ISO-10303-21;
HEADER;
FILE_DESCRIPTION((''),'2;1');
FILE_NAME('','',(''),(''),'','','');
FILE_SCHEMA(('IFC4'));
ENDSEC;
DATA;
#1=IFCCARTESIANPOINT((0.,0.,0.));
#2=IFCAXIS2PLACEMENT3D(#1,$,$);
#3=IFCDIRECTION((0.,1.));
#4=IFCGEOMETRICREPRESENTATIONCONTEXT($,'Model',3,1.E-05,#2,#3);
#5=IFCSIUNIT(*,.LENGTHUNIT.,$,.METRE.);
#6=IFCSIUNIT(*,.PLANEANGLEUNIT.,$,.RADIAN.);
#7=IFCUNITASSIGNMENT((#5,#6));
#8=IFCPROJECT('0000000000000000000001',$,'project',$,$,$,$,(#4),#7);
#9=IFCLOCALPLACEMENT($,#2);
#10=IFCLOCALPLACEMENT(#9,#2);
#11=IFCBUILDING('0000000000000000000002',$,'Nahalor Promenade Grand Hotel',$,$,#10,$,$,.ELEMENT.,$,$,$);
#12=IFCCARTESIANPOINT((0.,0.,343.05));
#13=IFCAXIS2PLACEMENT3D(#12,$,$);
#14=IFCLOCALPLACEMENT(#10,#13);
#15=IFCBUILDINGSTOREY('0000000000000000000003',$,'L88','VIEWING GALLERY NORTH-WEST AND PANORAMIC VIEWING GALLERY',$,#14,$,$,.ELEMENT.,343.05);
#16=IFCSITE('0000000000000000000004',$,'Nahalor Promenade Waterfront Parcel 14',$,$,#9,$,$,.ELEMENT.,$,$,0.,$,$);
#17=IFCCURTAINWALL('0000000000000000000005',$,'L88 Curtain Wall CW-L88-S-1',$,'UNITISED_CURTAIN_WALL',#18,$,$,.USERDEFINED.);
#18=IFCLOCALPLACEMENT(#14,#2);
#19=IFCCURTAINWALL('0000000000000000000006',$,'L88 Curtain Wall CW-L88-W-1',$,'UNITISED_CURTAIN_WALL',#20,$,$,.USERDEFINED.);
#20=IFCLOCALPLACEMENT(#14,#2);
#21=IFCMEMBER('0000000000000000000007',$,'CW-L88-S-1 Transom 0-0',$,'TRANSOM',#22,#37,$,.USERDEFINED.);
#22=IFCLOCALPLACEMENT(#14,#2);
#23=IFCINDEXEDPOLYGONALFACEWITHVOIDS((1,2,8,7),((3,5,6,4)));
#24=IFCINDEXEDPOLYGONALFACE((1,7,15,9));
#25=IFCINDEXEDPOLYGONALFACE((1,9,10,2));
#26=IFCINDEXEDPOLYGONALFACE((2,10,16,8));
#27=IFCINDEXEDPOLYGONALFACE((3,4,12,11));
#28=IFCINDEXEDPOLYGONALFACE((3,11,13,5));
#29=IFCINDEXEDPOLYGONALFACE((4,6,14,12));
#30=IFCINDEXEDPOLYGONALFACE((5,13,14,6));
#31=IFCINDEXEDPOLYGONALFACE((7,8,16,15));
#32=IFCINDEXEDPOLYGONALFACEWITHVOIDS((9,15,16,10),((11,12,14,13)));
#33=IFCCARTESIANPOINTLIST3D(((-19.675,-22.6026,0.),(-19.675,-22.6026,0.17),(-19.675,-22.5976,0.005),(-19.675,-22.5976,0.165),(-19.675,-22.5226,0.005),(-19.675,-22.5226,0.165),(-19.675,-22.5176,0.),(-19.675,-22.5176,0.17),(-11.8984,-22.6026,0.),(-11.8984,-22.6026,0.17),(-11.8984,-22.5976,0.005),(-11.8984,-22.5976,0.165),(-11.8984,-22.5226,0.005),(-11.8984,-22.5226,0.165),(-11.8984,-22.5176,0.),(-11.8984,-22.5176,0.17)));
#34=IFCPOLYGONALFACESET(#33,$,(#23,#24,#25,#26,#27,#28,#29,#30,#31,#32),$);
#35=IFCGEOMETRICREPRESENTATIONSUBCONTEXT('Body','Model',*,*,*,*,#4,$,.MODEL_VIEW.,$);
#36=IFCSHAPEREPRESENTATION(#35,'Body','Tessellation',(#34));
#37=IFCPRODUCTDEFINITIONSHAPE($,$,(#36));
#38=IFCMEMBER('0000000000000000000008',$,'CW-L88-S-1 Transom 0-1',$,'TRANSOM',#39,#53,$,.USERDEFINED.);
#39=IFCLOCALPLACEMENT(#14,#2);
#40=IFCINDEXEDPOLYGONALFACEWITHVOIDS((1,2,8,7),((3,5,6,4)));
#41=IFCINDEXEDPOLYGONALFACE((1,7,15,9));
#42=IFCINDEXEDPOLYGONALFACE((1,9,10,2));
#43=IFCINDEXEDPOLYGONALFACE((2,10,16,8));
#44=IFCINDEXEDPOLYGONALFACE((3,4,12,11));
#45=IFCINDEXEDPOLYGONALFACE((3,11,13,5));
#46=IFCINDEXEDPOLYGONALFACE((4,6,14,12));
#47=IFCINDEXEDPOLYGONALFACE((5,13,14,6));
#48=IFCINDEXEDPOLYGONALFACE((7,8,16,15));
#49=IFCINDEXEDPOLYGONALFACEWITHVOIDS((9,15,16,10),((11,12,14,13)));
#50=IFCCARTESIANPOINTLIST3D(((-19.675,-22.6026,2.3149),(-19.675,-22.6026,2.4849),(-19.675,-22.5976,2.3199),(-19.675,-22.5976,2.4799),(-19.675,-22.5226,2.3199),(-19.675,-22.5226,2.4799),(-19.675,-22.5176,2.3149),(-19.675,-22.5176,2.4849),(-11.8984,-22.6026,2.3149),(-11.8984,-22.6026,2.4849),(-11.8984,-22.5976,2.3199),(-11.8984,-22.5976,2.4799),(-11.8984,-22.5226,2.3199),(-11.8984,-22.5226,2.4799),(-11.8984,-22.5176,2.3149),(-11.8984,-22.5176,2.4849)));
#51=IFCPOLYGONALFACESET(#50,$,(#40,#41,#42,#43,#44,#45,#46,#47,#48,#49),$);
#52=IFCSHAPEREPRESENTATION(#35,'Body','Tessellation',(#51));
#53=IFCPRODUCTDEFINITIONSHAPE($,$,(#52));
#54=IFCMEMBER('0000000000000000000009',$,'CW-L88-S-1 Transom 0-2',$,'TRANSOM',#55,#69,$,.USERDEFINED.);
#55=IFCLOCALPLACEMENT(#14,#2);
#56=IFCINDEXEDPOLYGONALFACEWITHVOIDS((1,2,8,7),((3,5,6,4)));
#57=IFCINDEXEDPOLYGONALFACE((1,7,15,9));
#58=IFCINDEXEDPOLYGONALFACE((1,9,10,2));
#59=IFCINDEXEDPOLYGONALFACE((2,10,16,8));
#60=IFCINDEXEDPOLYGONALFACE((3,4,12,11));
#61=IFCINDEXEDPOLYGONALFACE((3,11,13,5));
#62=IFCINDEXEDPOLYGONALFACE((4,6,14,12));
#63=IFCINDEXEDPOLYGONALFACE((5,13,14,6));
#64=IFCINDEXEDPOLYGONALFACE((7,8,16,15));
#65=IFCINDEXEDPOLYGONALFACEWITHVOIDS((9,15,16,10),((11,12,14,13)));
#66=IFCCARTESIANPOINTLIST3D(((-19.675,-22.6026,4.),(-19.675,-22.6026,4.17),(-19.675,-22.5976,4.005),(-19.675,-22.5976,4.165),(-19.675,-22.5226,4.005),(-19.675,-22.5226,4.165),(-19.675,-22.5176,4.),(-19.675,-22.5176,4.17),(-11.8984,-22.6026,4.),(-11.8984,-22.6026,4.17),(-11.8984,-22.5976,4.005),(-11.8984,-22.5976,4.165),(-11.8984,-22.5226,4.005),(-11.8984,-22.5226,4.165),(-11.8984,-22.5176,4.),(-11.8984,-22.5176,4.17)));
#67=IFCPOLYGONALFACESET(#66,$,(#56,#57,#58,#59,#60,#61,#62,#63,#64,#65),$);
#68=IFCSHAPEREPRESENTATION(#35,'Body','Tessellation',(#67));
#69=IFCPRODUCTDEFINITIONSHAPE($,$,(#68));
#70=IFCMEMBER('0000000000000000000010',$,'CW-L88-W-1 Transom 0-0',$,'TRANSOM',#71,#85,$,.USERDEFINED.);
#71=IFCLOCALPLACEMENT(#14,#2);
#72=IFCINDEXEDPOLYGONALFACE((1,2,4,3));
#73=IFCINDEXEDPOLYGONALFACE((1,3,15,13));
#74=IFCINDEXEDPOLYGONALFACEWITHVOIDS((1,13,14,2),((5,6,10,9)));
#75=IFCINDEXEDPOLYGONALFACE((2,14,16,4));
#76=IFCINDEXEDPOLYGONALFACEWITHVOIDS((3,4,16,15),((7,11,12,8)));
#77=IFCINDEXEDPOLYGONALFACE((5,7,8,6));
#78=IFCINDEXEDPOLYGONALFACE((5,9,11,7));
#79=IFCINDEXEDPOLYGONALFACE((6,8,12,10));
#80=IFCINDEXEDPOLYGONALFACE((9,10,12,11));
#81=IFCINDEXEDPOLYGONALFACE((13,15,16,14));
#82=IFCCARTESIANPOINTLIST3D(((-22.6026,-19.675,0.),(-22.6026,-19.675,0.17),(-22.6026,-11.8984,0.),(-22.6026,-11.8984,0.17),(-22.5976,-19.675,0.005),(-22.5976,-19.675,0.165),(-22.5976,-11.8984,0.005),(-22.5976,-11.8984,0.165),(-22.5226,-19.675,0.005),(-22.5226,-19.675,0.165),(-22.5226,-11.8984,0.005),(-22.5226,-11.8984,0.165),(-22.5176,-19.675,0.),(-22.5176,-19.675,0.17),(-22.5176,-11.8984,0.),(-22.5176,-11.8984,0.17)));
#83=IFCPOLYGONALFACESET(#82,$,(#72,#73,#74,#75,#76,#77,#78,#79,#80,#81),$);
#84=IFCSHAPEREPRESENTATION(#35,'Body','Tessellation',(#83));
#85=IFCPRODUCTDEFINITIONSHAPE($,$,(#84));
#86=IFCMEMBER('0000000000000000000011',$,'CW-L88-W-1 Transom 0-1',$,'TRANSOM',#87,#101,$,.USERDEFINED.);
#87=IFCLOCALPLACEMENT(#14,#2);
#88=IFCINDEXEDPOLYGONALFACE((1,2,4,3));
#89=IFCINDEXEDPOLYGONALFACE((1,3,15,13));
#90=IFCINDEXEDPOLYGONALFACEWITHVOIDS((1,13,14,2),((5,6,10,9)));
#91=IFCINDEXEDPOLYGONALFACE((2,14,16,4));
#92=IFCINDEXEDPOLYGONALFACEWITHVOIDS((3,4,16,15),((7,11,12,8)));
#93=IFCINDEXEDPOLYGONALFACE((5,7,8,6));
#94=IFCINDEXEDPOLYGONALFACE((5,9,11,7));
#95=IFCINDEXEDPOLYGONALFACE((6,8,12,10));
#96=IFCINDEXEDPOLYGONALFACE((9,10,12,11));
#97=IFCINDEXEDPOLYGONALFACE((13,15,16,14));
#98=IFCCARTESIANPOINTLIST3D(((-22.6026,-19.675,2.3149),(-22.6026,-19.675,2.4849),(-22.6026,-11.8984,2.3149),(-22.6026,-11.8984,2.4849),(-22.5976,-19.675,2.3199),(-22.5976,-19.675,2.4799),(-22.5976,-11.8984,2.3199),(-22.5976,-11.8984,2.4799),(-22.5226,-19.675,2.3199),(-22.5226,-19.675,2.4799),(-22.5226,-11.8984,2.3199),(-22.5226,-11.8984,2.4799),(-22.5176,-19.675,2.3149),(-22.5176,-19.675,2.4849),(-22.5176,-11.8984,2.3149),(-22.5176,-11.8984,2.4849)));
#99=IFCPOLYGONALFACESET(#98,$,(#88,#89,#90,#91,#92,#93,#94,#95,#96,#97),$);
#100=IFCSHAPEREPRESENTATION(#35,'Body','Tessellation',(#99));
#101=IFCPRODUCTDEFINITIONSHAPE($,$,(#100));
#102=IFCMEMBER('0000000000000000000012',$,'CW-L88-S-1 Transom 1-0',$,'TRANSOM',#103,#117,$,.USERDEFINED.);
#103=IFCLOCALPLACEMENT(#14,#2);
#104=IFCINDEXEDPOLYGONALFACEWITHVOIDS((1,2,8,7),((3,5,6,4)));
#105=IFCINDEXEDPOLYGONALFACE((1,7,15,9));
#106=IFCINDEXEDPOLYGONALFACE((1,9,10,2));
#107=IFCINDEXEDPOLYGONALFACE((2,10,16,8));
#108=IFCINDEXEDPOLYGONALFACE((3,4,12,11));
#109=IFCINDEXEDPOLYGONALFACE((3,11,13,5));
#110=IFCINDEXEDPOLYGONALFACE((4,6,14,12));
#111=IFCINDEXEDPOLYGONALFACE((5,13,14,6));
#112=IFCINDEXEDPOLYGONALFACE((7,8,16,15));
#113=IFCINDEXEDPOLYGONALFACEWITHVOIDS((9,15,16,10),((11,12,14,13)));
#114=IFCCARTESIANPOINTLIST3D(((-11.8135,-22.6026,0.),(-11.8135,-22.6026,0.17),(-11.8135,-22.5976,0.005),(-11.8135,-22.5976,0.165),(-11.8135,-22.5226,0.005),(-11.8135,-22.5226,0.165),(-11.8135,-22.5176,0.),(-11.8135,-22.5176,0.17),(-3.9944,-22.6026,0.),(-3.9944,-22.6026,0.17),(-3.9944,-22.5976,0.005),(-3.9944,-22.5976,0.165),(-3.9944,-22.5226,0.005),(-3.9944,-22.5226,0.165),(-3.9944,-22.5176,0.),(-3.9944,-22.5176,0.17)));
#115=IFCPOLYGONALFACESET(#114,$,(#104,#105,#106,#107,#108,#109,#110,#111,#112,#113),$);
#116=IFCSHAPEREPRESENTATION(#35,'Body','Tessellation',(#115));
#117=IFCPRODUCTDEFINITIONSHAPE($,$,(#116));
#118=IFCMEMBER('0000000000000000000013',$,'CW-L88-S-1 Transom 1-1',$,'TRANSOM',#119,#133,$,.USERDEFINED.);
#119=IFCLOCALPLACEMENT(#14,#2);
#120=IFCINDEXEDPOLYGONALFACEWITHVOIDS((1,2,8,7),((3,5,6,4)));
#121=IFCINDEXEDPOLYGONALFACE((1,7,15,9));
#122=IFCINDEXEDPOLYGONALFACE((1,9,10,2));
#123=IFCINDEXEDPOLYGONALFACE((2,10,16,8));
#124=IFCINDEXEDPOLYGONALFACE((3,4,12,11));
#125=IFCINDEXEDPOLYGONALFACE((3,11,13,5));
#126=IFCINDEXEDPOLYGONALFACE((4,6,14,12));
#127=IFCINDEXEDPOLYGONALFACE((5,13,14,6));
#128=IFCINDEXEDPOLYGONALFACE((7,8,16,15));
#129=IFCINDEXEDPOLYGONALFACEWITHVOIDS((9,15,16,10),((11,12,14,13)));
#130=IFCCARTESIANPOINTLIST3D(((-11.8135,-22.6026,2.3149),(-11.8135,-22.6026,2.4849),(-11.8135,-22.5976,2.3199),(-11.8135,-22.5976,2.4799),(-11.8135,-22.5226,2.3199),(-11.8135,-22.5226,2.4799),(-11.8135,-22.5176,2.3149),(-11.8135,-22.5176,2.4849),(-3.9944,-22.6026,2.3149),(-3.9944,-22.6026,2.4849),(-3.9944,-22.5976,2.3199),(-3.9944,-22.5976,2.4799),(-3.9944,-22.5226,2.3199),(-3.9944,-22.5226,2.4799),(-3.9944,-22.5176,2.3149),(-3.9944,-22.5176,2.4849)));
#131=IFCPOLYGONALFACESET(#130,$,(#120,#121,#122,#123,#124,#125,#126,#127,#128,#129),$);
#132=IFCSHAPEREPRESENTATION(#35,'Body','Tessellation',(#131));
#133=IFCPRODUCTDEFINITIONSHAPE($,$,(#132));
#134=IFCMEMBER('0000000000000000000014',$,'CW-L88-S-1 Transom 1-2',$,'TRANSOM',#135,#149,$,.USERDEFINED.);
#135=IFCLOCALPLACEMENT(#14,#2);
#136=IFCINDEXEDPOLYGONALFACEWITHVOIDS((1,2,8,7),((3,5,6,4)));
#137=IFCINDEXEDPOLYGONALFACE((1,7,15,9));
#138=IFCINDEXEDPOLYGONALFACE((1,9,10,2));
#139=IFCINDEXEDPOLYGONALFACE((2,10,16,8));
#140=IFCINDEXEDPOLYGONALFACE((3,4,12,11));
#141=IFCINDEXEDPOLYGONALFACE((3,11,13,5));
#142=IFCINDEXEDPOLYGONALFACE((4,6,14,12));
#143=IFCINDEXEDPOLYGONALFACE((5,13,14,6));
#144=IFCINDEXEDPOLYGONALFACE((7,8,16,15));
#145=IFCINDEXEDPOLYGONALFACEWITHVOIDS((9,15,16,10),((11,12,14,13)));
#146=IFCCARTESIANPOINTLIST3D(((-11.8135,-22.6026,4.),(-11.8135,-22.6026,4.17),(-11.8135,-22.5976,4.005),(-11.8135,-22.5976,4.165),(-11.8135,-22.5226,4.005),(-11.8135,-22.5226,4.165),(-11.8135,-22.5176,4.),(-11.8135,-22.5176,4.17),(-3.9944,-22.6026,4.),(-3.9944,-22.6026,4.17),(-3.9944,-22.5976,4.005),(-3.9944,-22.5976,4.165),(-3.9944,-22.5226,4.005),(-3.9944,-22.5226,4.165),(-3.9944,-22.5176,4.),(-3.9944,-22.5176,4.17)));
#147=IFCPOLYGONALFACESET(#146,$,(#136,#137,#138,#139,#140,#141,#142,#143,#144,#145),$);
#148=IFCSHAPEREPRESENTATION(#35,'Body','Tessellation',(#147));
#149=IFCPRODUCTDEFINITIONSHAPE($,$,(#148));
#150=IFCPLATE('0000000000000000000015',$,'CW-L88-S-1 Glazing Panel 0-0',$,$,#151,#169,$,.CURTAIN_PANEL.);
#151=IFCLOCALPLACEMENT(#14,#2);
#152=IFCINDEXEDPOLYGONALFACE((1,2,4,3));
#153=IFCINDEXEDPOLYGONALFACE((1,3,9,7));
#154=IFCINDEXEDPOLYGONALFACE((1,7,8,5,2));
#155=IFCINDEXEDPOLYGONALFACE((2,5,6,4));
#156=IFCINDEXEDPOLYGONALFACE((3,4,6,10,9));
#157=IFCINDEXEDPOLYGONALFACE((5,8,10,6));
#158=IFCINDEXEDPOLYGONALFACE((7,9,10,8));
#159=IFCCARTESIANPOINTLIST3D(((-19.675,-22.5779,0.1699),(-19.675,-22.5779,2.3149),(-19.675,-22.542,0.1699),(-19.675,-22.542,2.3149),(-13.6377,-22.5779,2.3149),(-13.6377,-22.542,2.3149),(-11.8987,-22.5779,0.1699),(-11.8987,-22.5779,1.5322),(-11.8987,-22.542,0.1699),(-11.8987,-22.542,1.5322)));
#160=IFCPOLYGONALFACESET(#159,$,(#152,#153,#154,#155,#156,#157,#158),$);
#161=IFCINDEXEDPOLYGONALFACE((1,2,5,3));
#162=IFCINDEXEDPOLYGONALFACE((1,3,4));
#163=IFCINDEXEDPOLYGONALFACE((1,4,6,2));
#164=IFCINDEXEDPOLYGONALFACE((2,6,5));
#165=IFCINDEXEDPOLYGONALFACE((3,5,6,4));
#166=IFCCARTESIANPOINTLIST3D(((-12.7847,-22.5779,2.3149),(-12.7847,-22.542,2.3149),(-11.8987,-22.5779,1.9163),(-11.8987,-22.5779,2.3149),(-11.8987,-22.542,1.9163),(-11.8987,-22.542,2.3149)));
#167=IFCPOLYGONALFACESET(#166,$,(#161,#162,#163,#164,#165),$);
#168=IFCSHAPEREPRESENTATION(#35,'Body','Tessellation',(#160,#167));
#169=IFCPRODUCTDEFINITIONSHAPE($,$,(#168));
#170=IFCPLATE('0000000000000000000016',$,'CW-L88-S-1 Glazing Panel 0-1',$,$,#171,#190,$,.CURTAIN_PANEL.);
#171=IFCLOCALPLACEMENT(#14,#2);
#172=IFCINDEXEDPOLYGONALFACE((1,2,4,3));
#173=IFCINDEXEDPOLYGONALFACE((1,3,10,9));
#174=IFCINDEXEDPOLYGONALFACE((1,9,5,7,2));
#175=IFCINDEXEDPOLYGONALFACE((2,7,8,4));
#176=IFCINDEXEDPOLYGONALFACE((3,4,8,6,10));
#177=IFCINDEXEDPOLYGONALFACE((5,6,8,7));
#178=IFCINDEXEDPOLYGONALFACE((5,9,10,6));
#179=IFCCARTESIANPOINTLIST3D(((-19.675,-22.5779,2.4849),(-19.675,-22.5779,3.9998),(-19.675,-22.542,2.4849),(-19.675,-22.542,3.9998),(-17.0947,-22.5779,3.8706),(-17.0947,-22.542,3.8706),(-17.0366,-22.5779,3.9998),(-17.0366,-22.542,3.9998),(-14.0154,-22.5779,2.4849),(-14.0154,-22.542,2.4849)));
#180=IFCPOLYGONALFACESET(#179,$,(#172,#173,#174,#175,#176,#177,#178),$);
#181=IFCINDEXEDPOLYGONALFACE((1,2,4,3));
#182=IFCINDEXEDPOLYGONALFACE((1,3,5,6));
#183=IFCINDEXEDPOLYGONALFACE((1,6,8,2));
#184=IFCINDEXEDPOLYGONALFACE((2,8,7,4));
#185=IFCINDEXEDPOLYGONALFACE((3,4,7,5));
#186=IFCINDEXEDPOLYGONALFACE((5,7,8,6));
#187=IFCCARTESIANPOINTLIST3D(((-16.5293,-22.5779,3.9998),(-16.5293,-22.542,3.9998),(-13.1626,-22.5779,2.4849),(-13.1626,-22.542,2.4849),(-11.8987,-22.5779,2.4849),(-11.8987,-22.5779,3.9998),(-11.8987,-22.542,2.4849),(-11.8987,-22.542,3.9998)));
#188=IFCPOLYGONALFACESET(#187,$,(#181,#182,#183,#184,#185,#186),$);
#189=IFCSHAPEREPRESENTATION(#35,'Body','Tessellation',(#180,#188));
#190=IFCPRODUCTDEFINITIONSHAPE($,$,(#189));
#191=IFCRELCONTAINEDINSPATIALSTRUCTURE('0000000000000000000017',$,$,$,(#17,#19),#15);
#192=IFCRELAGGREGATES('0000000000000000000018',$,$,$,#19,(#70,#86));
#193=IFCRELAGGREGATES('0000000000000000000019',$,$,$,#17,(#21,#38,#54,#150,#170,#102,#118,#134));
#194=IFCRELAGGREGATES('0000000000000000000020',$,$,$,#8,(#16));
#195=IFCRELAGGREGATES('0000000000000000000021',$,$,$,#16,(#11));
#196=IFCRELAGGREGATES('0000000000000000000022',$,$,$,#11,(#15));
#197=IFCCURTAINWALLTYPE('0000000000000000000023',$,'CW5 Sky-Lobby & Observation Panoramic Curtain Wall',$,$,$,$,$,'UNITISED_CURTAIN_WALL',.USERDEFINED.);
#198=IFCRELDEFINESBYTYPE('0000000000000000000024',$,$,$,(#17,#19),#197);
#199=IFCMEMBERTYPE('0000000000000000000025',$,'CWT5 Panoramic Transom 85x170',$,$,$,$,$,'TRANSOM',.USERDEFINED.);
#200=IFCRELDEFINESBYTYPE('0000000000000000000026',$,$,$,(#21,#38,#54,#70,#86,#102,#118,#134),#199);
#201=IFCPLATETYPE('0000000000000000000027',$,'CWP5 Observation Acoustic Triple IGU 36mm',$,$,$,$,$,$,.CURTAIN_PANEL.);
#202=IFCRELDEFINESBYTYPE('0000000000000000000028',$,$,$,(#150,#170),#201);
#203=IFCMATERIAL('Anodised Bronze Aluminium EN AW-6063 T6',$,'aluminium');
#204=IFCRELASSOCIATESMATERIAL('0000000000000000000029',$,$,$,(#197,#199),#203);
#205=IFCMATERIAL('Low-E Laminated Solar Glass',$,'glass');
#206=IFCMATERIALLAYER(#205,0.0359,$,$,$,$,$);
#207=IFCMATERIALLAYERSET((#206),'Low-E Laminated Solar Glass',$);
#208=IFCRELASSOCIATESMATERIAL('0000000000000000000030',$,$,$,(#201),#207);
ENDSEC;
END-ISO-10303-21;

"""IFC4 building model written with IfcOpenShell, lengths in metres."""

from ifc_helpers import new_model, si_unit, direction, frame, origin, origin_2d, place, context, subcontext, project, spatial, polyline, hollow_rectangle, outline, extrude, source, transform, mapped, material, layer, layer_set, material_profile, profile_set, type_object, element, aggregate, save


model = new_model("IFC4")

# Units and contexts
model_context = context("Model", 3, precision=1e-05, world=origin(), true_north=direction((0.0, 1.0)))
body_context = subcontext(model_context, "Body", "Model", "MODEL_VIEW")
ifc_project = project(units=[si_unit("LENGTHUNIT", "METRE"), si_unit("PLANEANGLEUNIT", "RADIAN")], contexts=[model_context])

# Site, building, storey
site_placement = place(None, origin())
site = spatial("IfcSite", under=ifc_project, at=site_placement, Name="Nahalor Promenade Waterfront Parcel 14", CompositionType="ELEMENT", RefElevation=0.0)
building_placement = place(site_placement, origin())
building = spatial("IfcBuilding", under=site, at=building_placement, Name="Nahalor Promenade Grand Hotel", CompositionType="ELEMENT")
storey_placement = place(building_placement, frame((0.0, 0.0, 343.05)))
storey = spatial("IfcBuildingStorey", under=building, at=storey_placement, Name="L88", Description="VIEWING GALLERY NORTH-WEST AND PANORAMIC VIEWING GALLERY", CompositionType="ELEMENT", Elevation=343.05)

# Curtain wall
ifc_material_1 = material(Name="Anodised Bronze Aluminium EN AW-6063 T6", Category="aluminium")
curtain_wall_type = type_object("IfcCurtainWallType", Name="CW5 Sky-Lobby & Observation Panoramic Curtain Wall", ElementType="UNITISED_CURTAIN_WALL", PredefinedType="USERDEFINED", material=ifc_material_1)
curtain_wall_1_placement = place(storey_placement, origin())
curtain_wall_1 = element("IfcCurtainWall", 1, at=curtain_wall_1_placement, inside=storey, type_object=curtain_wall_type, Name="L88 Curtain Wall CW-L88-S-1", ObjectType="UNITISED_CURTAIN_WALL", PredefinedType="USERDEFINED")

# Curtain wall
curtain_wall_2_placement = place(storey_placement, origin())
curtain_wall_2 = element("IfcCurtainWall", 2, at=curtain_wall_2_placement, inside=storey, type_object=curtain_wall_type, Name="L88 Curtain Wall CW-L88-W-1", ObjectType="UNITISED_CURTAIN_WALL", PredefinedType="USERDEFINED")

# Members
ifc_material_profile_1 = material_profile(ifc_material_1, hollow_rectangle(XDim=0.085, YDim=0.17, WallThickness=0.005, at=origin_2d()), Name="CWT 85x170x5")
ifc_profile_set_1 = profile_set([ifc_material_profile_1], Name="Anodised Bronze Aluminium EN AW-6063 T6")
member_type_1 = type_object("IfcMemberType", Name="CWT5 Panoramic Transom 85x170", ElementType="TRANSOM", PredefinedType="USERDEFINED", material=ifc_profile_set_1)
shared_shape_1 = source(origin(), body_context, "Body", "SweptSolid", [
    extrude(hollow_rectangle(XDim=0.085, YDim=0.17, WallThickness=0.005, at=origin_2d()), origin(), (0.0, 0.0, 1.0), 7.7766),
])
member_1_placement = place(storey_placement, frame((-19.675, -22.5601, 0.085), z_axis=(1.0, 0.0, 0.0), x_axis=(0.0, 1.0, 0.0)))
member_1 = element("IfcMember", 3, at=member_1_placement, type_object=member_type_1, Name="CW-L88-S-1 Transom 0-0", ObjectType="TRANSOM", PredefinedType="USERDEFINED", context=body_context, shape_type="MappedRepresentation", body=[
    mapped(shared_shape_1, transform((0.0, 0.0, 0.0), scale=1.0)),
])
member_2_placement = place(storey_placement, frame((-19.675, -22.5601, 2.3999), z_axis=(1.0, 0.0, 0.0), x_axis=(0.0, 1.0, 0.0)))
member_2 = element("IfcMember", 4, at=member_2_placement, type_object=member_type_1, Name="CW-L88-S-1 Transom 0-1", ObjectType="TRANSOM", PredefinedType="USERDEFINED", context=body_context, shape_type="MappedRepresentation", body=[
    mapped(shared_shape_1, transform((0.0, 0.0, 0.0), scale=1.0)),
])
member_3_placement = place(storey_placement, frame((-19.675, -22.5601, 4.085), z_axis=(1.0, 0.0, 0.0), x_axis=(0.0, 1.0, 0.0)))
member_3 = element("IfcMember", 5, at=member_3_placement, type_object=member_type_1, Name="CW-L88-S-1 Transom 0-2", ObjectType="TRANSOM", PredefinedType="USERDEFINED", context=body_context, shape_type="MappedRepresentation", body=[
    mapped(shared_shape_1, transform((0.0, 0.0, 0.0), scale=1.0)),
])
member_4_placement = place(storey_placement, frame((-22.5601, -19.675, 0.085), z_axis=(0.0, 1.0, 0.0), x_axis=(-1.0, 0.0, 0.0)))
member_4 = element("IfcMember", 6, at=member_4_placement, type_object=member_type_1, Name="CW-L88-W-1 Transom 0-0", ObjectType="TRANSOM", PredefinedType="USERDEFINED", context=body_context, shape_type="MappedRepresentation", body=[
    mapped(shared_shape_1, transform((0.0, 0.0, 0.0), scale=1.0)),
])
member_5_placement = place(storey_placement, frame((-22.5601, -19.675, 2.3999), z_axis=(0.0, 1.0, 0.0), x_axis=(-1.0, 0.0, 0.0)))
member_5 = element("IfcMember", 7, at=member_5_placement, type_object=member_type_1, Name="CW-L88-W-1 Transom 0-1", ObjectType="TRANSOM", PredefinedType="USERDEFINED", context=body_context, shape_type="MappedRepresentation", body=[
    mapped(shared_shape_1, transform((0.0, 0.0, 0.0), scale=1.0)),
])
aggregate(curtain_wall_2, [member_4, member_5])
shared_shape_2 = source(origin(), body_context, "Body", "SweptSolid", [
    extrude(hollow_rectangle(XDim=0.085, YDim=0.17, WallThickness=0.005, at=origin_2d()), origin(), (0.0, 0.0, 1.0), 7.8191),
])
member_6_placement = place(storey_placement, frame((-11.8135, -22.5601, 0.085), z_axis=(1.0, 0.0, 0.0), x_axis=(0.0, 1.0, 0.0)))
member_6 = element("IfcMember", 8, at=member_6_placement, type_object=member_type_1, Name="CW-L88-S-1 Transom 1-0", ObjectType="TRANSOM", PredefinedType="USERDEFINED", context=body_context, shape_type="MappedRepresentation", body=[
    mapped(shared_shape_2, transform((0.0, 0.0, 0.0), scale=1.0)),
])
member_7_placement = place(storey_placement, frame((-11.8135, -22.5601, 2.3999), z_axis=(1.0, 0.0, 0.0), x_axis=(0.0, 1.0, 0.0)))
member_7 = element("IfcMember", 9, at=member_7_placement, type_object=member_type_1, Name="CW-L88-S-1 Transom 1-1", ObjectType="TRANSOM", PredefinedType="USERDEFINED", context=body_context, shape_type="MappedRepresentation", body=[
    mapped(shared_shape_2, transform((0.0, 0.0, 0.0), scale=1.0)),
])
member_8_placement = place(storey_placement, frame((-11.8135, -22.5601, 4.085), z_axis=(1.0, 0.0, 0.0), x_axis=(0.0, 1.0, 0.0)))
member_8 = element("IfcMember", 10, at=member_8_placement, type_object=member_type_1, Name="CW-L88-S-1 Transom 1-2", ObjectType="TRANSOM", PredefinedType="USERDEFINED", context=body_context, shape_type="MappedRepresentation", body=[
    mapped(shared_shape_2, transform((0.0, 0.0, 0.0), scale=1.0)),
])

# Plates
ifc_material_2 = material(Name="Low-E Laminated Solar Glass", Category="glass")
ifc_layer_1 = layer(ifc_material_2, 0.0359)
ifc_layer_set_1 = layer_set([ifc_layer_1], Name="Low-E Laminated Solar Glass")
plate_type_1 = type_object("IfcPlateType", Name="CWP5 Observation Acoustic Triple IGU 36mm", PredefinedType="CURTAIN_PANEL", material=ifc_layer_set_1)
plate_1_placement = place(storey_placement, frame((-15.7869, -22.5601, 0.1699), z_axis=(0.0, 0.0, 1.0), x_axis=(1.0, 0.0, 0.0)))
plate_1 = element("IfcPlate", 11, at=plate_1_placement, type_object=plate_type_1, Name="CW-L88-S-1 Glazing Panel 0-0", PredefinedType="CURTAIN_PANEL", context=body_context, shape_type="SweptSolid", body=[
    extrude(outline(polyline([(-3.8882, 0.0), (3.8882, 0.0), (3.8882, 1.3623), (2.1492, 2.145), (-3.8882, 2.145), (-3.8882, 0.0)])), frame((0.0, 0.0181, 0.0), z_axis=(0.0, -1.0, 0.0), x_axis=(1.0, 0.0, 0.0)), (0.0, 0.0, 1.0), 0.0359),
    extrude(outline(polyline([(3.8882, 1.7463), (3.8882, 2.145), (3.0022, 2.145), (3.8882, 1.7463)])), frame((0.0, 0.0181, 0.0), z_axis=(0.0, -1.0, 0.0), x_axis=(1.0, 0.0, 0.0)), (0.0, 0.0, 1.0), 0.0359),
])
plate_2_placement = place(storey_placement, frame((-15.7869, -22.5601, 2.4849), z_axis=(0.0, 0.0, 1.0), x_axis=(1.0, 0.0, 0.0)))
plate_2 = element("IfcPlate", 12, at=plate_2_placement, type_object=plate_type_1, Name="CW-L88-S-1 Glazing Panel 0-1", PredefinedType="CURTAIN_PANEL", context=body_context, shape_type="SweptSolid", body=[
    extrude(outline(polyline([(-3.8882, 1.5149), (-3.8882, 0.0), (1.7715, 0.0), (-1.3079, 1.3857), (-1.2498, 1.5149), (-3.8882, 1.5149)])), frame((0.0, 0.0181, 0.0), z_axis=(0.0, -1.0, 0.0), x_axis=(1.0, 0.0, 0.0)), (0.0, 0.0, 1.0), 0.0359),
    extrude(outline(polyline([(3.8882, 0.0), (3.8882, 1.5149), (-0.7424, 1.5149), (2.6243, 0.0), (3.8882, 0.0)])), frame((0.0, 0.0181, 0.0), z_axis=(0.0, -1.0, 0.0), x_axis=(1.0, 0.0, 0.0)), (0.0, 0.0, 1.0), 0.0359),
])
aggregate(curtain_wall_1, [member_1, member_2, member_3, plate_1, plate_2, member_6, member_7, member_8])

save(model, "model.ifc")
